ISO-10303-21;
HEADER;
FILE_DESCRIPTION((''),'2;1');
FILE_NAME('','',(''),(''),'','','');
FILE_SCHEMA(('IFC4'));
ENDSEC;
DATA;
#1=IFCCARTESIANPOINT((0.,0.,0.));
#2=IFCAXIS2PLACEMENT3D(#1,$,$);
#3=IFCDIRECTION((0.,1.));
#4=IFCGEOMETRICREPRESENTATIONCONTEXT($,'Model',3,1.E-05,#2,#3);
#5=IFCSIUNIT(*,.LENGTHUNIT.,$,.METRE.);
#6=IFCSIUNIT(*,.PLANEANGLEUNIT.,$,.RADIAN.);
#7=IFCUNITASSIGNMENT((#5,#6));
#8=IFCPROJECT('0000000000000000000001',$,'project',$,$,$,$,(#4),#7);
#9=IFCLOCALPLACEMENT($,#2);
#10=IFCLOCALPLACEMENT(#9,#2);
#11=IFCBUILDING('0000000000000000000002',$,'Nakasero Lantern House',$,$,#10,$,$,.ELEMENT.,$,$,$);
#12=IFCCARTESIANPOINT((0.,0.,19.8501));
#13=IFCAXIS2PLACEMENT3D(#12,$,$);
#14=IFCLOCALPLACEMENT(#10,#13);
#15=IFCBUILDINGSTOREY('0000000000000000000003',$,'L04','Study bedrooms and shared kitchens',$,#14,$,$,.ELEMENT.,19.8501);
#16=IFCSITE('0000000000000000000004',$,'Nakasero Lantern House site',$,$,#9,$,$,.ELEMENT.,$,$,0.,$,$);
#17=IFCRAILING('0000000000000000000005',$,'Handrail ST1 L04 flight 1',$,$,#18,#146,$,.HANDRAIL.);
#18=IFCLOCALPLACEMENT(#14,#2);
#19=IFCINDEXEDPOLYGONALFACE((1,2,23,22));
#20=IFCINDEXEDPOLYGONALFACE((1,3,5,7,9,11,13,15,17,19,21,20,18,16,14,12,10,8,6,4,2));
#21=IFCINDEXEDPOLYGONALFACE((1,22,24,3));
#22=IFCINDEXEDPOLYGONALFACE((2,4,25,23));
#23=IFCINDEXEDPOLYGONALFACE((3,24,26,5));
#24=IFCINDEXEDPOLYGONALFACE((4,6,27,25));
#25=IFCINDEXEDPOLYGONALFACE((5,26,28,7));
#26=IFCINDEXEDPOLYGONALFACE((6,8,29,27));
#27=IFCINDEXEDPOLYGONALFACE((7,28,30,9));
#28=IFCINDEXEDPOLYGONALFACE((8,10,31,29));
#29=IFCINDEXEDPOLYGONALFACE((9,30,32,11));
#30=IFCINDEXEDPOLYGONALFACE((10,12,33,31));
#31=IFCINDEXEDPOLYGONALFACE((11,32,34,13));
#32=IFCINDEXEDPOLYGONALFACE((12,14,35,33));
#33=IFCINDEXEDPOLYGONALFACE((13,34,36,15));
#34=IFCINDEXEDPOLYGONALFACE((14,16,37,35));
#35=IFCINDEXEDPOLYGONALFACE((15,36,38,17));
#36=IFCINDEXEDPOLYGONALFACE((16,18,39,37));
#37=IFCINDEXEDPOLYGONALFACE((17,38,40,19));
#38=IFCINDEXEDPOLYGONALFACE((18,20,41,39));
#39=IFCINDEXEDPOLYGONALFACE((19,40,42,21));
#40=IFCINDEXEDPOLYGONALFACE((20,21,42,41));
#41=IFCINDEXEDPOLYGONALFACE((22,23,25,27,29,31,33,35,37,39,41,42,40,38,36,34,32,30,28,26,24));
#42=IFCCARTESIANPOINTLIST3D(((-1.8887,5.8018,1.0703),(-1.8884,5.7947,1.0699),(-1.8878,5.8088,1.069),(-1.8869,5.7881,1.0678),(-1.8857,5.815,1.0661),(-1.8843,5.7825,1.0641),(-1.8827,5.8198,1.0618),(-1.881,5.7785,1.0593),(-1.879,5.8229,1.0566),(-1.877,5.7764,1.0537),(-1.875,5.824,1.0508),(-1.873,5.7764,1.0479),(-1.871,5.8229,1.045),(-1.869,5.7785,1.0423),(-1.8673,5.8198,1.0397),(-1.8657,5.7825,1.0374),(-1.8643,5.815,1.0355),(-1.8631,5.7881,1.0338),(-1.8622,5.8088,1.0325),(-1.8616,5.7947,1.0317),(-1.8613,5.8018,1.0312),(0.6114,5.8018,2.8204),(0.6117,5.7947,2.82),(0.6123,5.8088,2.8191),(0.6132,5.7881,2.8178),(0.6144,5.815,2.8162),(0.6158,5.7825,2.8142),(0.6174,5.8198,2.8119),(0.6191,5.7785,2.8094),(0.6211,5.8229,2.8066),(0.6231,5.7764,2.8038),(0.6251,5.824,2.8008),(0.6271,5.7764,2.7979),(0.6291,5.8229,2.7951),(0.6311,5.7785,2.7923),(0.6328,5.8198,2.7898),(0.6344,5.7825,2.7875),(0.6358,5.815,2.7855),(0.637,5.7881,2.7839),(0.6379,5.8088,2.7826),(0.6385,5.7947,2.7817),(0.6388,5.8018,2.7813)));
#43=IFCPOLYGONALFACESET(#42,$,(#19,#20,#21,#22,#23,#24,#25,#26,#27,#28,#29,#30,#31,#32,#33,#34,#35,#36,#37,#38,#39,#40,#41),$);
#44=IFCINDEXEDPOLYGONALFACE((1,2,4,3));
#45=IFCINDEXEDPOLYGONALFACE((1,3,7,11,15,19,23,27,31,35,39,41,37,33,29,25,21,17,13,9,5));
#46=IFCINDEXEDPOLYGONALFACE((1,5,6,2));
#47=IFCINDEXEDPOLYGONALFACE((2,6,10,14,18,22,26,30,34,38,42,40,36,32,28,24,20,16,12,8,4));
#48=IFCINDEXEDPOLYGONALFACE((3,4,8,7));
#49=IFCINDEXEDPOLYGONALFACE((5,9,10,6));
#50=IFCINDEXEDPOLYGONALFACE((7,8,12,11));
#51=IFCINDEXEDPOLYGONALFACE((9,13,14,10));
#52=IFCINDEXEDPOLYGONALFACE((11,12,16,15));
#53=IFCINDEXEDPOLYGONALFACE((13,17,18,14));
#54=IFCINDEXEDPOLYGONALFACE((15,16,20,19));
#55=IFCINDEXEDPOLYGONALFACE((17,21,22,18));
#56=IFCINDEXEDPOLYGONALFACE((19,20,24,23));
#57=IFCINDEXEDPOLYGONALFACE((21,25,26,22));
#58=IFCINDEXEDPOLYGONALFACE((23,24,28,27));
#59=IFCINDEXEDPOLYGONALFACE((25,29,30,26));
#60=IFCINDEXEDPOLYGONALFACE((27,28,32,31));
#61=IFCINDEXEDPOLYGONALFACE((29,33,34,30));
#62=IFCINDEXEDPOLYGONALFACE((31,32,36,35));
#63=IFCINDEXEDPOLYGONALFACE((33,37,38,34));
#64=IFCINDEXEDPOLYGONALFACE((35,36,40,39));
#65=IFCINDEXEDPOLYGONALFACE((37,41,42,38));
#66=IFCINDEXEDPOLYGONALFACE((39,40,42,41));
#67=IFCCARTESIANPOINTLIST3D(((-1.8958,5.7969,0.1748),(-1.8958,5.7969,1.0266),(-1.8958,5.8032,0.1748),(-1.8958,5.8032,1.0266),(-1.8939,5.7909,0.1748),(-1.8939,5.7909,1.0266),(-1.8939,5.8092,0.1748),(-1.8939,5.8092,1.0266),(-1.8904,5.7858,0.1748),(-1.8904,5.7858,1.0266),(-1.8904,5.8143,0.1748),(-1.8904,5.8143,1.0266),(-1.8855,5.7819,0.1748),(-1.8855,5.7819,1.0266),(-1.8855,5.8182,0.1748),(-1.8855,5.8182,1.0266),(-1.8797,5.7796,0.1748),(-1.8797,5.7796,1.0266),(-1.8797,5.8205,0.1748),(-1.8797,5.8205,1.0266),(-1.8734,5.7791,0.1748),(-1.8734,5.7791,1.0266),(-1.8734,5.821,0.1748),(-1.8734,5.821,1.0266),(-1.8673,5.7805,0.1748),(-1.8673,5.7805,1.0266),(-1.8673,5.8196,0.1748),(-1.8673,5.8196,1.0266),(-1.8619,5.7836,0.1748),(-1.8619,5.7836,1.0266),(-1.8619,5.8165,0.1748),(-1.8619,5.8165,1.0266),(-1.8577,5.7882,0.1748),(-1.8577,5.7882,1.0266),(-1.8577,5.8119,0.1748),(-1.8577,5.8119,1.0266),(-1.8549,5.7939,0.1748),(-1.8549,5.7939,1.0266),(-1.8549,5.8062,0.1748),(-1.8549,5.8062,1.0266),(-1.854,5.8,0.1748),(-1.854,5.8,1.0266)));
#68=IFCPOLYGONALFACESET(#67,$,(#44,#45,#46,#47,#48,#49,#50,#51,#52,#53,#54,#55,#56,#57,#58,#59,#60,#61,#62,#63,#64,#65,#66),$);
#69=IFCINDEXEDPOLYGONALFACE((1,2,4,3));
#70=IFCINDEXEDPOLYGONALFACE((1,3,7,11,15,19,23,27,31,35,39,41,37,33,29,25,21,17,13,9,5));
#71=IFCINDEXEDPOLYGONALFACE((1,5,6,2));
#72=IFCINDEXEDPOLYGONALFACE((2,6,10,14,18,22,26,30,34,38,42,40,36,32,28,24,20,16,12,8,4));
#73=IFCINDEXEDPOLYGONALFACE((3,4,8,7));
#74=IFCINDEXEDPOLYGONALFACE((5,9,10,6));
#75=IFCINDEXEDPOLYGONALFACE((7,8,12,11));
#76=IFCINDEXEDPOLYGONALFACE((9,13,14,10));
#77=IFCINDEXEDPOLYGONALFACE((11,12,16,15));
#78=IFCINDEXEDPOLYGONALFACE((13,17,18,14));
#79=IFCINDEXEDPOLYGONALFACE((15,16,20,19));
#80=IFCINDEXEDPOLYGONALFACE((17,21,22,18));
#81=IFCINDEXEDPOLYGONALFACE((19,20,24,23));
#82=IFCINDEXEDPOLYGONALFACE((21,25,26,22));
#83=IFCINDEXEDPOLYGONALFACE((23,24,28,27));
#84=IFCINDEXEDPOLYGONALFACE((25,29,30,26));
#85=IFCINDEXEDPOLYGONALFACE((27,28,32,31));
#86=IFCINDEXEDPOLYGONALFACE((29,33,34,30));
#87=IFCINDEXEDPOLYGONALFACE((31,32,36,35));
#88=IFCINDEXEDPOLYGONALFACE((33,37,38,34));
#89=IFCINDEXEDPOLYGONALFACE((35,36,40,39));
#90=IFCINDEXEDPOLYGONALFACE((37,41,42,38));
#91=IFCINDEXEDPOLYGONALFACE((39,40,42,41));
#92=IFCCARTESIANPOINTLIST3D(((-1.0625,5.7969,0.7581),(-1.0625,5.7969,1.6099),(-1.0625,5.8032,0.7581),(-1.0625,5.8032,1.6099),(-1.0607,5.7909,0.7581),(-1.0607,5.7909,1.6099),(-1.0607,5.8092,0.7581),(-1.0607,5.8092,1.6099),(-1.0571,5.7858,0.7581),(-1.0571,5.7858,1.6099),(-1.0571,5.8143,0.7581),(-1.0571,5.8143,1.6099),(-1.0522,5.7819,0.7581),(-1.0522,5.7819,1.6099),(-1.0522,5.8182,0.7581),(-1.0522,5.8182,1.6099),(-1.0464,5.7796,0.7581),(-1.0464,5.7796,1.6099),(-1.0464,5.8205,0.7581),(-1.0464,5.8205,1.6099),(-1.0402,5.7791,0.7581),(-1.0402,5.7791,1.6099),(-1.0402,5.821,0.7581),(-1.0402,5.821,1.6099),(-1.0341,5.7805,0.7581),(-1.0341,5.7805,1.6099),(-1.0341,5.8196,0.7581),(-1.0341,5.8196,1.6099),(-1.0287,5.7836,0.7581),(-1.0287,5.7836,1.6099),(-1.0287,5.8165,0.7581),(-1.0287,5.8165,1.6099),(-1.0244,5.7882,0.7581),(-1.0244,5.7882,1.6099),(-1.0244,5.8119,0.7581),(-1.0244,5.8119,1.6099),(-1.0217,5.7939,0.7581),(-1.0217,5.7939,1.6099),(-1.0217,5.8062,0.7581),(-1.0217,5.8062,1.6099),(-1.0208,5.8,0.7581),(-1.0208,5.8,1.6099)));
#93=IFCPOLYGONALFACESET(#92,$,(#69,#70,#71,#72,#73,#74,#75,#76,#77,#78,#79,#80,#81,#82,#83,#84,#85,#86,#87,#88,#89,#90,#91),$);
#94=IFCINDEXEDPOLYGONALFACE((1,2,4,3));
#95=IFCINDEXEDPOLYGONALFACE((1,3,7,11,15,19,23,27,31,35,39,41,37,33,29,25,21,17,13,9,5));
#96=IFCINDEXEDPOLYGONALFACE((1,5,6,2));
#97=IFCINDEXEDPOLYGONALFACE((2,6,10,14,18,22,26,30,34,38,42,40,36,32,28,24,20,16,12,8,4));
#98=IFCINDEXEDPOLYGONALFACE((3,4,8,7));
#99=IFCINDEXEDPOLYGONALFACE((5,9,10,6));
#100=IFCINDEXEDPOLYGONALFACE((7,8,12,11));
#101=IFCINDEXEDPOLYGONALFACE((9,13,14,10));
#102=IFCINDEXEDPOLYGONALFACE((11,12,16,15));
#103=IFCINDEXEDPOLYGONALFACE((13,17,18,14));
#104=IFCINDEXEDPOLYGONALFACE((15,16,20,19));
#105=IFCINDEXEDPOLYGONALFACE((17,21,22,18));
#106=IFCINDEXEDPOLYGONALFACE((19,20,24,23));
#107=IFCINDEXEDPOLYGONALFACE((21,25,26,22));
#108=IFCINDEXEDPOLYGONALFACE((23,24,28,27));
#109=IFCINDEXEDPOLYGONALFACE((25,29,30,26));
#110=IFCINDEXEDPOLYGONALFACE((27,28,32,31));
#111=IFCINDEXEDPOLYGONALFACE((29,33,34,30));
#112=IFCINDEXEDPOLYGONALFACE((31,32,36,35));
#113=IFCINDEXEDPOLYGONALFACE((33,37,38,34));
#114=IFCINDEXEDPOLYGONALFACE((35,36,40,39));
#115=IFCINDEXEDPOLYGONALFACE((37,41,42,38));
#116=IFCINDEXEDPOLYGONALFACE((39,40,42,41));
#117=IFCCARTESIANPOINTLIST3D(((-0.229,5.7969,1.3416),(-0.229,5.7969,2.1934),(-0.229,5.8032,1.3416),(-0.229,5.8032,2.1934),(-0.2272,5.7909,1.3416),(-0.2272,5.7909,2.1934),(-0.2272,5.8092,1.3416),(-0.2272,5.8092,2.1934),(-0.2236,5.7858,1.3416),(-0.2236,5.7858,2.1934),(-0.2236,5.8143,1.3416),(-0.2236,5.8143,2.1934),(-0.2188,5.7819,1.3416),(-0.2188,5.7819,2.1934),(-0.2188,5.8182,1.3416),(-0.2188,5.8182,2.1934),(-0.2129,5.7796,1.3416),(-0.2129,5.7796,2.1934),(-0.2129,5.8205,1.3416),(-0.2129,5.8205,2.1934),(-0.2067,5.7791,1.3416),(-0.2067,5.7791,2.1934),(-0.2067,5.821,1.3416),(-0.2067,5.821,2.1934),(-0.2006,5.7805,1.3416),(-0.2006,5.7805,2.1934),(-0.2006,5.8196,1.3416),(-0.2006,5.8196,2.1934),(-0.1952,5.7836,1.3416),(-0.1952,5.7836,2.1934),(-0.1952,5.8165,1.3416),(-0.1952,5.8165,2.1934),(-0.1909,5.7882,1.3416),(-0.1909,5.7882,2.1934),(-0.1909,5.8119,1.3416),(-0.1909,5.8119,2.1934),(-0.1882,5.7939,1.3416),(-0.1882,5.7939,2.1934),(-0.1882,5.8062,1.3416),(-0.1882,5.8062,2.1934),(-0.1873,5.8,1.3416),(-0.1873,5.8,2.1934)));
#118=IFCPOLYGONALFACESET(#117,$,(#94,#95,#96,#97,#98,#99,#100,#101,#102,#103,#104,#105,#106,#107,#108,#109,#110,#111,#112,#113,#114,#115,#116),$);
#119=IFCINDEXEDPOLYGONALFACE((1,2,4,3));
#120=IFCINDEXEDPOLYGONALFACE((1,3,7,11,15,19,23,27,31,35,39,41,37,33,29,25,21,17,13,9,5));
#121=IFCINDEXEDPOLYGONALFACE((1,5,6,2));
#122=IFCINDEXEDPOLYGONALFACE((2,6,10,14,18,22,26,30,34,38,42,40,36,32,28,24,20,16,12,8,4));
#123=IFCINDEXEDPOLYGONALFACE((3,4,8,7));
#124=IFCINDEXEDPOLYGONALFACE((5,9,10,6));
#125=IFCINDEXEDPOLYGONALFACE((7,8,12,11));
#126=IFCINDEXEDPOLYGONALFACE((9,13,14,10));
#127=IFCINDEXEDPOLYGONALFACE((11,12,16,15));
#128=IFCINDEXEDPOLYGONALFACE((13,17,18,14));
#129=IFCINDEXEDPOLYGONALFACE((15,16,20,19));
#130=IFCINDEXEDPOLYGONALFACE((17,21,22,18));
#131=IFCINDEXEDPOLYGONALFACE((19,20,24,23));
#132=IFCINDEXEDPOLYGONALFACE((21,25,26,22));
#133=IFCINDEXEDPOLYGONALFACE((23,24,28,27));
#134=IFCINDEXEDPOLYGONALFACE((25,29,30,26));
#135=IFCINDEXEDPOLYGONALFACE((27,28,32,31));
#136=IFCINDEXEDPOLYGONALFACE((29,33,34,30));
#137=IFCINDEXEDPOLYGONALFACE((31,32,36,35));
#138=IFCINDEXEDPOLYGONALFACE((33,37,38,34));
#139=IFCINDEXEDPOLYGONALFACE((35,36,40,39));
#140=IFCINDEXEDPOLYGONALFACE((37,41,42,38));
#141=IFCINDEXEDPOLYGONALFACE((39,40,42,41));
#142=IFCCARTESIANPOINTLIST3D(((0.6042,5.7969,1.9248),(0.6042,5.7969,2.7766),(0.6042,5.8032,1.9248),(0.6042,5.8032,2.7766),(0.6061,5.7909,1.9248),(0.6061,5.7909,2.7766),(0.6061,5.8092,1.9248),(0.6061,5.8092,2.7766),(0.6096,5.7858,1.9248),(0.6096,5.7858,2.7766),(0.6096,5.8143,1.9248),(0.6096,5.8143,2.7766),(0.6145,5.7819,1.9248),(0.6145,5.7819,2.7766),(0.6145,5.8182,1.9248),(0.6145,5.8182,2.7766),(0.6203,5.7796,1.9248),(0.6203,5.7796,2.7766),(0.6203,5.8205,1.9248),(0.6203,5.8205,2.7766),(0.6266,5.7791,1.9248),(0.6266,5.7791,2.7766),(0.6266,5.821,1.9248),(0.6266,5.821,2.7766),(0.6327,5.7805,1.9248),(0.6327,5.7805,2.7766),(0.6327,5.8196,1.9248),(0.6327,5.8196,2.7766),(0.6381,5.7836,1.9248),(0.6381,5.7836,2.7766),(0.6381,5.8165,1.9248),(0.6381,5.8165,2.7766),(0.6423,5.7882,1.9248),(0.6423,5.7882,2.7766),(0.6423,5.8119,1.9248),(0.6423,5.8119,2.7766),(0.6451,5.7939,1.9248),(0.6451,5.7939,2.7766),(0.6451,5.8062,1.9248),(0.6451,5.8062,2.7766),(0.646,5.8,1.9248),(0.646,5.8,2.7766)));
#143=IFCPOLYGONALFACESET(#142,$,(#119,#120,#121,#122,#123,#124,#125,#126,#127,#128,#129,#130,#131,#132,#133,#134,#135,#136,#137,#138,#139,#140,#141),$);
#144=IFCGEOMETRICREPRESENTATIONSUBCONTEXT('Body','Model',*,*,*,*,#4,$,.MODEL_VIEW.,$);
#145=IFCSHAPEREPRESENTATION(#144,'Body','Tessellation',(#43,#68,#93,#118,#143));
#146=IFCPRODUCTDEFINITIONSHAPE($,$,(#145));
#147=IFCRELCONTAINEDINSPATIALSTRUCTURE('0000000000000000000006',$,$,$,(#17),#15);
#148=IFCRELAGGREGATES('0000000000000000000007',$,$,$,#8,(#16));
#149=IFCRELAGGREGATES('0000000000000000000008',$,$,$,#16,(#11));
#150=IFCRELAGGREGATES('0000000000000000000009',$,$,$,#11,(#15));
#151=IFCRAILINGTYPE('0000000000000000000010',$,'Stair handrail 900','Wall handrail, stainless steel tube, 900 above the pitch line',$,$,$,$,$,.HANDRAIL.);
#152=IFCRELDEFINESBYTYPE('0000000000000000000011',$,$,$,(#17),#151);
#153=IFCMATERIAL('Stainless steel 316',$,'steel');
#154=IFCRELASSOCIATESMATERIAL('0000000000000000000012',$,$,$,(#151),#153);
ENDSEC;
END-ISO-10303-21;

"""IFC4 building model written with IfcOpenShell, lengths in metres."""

from ifc_helpers import new_model, si_unit, direction, frame, origin, origin_2d, place, context, subcontext, project, spatial, circle, extrude, material, type_object, element, save


model = new_model("IFC4")

# Units and contexts
model_context = context("Model", 3, precision=1e-05, world=origin(), true_north=direction((0.0, 1.0)))
body_context = subcontext(model_context, "Body", "Model", "MODEL_VIEW")
ifc_project = project(units=[si_unit("LENGTHUNIT", "METRE"), si_unit("PLANEANGLEUNIT", "RADIAN")], contexts=[model_context])

# Site, building, storey
site_placement = place(None, origin())
site = spatial("IfcSite", under=ifc_project, at=site_placement, Name="Nakasero Lantern House site", CompositionType="ELEMENT", RefElevation=0.0)
building_placement = place(site_placement, origin())
building = spatial("IfcBuilding", under=site, at=building_placement, Name="Nakasero Lantern House", CompositionType="ELEMENT")
storey_placement = place(building_placement, frame((0.0, 0.0, 19.8501)))
storey = spatial("IfcBuildingStorey", under=building, at=storey_placement, Name="L04", Description="Study bedrooms and shared kitchens", CompositionType="ELEMENT", Elevation=19.8501)

# Railing
ifc_material_1 = material(Name="Stainless steel 316", Category="steel")
railing_type = type_object("IfcRailingType", Name="Stair handrail 900", Description="Wall handrail, stainless steel tube, 900 above the pitch line", PredefinedType="HANDRAIL", material=ifc_material_1)
railing_placement = place(storey_placement, frame((-1.875, 5.8, 0.1748)))
element("IfcRailing", 1, at=railing_placement, inside=storey, type_object=railing_type, Name="Handrail ST1 L04 flight 1", PredefinedType="HANDRAIL", context=body_context, shape_type="SweptSolid", body=[
    extrude(circle(Radius=0.0239, at=origin_2d()), frame((0.0, 0.0, 0.876), z_axis=(0.819232, 0.0, 0.573462), x_axis=(0.0, 1.0, 0.0)), (0.0, 0.0, 1.0), 3.0518),
    extrude(circle(Radius=0.021, at=origin_2d()), origin(), (0.0, 0.0, 1.0), 0.8518),
    extrude(circle(Radius=0.021, at=origin_2d()), frame((0.8333, 0.0, 0.5833)), (0.0, 0.0, 1.0), 0.8518),
    extrude(circle(Radius=0.021, at=origin_2d()), frame((1.6667, 0.0, 1.1667)), (0.0, 0.0, 1.0), 0.8518),
    extrude(circle(Radius=0.021, at=origin_2d()), frame((2.5, 0.0, 1.75)), (0.0, 0.0, 1.0), 0.8518),
])

save(model, "model.ifc")
